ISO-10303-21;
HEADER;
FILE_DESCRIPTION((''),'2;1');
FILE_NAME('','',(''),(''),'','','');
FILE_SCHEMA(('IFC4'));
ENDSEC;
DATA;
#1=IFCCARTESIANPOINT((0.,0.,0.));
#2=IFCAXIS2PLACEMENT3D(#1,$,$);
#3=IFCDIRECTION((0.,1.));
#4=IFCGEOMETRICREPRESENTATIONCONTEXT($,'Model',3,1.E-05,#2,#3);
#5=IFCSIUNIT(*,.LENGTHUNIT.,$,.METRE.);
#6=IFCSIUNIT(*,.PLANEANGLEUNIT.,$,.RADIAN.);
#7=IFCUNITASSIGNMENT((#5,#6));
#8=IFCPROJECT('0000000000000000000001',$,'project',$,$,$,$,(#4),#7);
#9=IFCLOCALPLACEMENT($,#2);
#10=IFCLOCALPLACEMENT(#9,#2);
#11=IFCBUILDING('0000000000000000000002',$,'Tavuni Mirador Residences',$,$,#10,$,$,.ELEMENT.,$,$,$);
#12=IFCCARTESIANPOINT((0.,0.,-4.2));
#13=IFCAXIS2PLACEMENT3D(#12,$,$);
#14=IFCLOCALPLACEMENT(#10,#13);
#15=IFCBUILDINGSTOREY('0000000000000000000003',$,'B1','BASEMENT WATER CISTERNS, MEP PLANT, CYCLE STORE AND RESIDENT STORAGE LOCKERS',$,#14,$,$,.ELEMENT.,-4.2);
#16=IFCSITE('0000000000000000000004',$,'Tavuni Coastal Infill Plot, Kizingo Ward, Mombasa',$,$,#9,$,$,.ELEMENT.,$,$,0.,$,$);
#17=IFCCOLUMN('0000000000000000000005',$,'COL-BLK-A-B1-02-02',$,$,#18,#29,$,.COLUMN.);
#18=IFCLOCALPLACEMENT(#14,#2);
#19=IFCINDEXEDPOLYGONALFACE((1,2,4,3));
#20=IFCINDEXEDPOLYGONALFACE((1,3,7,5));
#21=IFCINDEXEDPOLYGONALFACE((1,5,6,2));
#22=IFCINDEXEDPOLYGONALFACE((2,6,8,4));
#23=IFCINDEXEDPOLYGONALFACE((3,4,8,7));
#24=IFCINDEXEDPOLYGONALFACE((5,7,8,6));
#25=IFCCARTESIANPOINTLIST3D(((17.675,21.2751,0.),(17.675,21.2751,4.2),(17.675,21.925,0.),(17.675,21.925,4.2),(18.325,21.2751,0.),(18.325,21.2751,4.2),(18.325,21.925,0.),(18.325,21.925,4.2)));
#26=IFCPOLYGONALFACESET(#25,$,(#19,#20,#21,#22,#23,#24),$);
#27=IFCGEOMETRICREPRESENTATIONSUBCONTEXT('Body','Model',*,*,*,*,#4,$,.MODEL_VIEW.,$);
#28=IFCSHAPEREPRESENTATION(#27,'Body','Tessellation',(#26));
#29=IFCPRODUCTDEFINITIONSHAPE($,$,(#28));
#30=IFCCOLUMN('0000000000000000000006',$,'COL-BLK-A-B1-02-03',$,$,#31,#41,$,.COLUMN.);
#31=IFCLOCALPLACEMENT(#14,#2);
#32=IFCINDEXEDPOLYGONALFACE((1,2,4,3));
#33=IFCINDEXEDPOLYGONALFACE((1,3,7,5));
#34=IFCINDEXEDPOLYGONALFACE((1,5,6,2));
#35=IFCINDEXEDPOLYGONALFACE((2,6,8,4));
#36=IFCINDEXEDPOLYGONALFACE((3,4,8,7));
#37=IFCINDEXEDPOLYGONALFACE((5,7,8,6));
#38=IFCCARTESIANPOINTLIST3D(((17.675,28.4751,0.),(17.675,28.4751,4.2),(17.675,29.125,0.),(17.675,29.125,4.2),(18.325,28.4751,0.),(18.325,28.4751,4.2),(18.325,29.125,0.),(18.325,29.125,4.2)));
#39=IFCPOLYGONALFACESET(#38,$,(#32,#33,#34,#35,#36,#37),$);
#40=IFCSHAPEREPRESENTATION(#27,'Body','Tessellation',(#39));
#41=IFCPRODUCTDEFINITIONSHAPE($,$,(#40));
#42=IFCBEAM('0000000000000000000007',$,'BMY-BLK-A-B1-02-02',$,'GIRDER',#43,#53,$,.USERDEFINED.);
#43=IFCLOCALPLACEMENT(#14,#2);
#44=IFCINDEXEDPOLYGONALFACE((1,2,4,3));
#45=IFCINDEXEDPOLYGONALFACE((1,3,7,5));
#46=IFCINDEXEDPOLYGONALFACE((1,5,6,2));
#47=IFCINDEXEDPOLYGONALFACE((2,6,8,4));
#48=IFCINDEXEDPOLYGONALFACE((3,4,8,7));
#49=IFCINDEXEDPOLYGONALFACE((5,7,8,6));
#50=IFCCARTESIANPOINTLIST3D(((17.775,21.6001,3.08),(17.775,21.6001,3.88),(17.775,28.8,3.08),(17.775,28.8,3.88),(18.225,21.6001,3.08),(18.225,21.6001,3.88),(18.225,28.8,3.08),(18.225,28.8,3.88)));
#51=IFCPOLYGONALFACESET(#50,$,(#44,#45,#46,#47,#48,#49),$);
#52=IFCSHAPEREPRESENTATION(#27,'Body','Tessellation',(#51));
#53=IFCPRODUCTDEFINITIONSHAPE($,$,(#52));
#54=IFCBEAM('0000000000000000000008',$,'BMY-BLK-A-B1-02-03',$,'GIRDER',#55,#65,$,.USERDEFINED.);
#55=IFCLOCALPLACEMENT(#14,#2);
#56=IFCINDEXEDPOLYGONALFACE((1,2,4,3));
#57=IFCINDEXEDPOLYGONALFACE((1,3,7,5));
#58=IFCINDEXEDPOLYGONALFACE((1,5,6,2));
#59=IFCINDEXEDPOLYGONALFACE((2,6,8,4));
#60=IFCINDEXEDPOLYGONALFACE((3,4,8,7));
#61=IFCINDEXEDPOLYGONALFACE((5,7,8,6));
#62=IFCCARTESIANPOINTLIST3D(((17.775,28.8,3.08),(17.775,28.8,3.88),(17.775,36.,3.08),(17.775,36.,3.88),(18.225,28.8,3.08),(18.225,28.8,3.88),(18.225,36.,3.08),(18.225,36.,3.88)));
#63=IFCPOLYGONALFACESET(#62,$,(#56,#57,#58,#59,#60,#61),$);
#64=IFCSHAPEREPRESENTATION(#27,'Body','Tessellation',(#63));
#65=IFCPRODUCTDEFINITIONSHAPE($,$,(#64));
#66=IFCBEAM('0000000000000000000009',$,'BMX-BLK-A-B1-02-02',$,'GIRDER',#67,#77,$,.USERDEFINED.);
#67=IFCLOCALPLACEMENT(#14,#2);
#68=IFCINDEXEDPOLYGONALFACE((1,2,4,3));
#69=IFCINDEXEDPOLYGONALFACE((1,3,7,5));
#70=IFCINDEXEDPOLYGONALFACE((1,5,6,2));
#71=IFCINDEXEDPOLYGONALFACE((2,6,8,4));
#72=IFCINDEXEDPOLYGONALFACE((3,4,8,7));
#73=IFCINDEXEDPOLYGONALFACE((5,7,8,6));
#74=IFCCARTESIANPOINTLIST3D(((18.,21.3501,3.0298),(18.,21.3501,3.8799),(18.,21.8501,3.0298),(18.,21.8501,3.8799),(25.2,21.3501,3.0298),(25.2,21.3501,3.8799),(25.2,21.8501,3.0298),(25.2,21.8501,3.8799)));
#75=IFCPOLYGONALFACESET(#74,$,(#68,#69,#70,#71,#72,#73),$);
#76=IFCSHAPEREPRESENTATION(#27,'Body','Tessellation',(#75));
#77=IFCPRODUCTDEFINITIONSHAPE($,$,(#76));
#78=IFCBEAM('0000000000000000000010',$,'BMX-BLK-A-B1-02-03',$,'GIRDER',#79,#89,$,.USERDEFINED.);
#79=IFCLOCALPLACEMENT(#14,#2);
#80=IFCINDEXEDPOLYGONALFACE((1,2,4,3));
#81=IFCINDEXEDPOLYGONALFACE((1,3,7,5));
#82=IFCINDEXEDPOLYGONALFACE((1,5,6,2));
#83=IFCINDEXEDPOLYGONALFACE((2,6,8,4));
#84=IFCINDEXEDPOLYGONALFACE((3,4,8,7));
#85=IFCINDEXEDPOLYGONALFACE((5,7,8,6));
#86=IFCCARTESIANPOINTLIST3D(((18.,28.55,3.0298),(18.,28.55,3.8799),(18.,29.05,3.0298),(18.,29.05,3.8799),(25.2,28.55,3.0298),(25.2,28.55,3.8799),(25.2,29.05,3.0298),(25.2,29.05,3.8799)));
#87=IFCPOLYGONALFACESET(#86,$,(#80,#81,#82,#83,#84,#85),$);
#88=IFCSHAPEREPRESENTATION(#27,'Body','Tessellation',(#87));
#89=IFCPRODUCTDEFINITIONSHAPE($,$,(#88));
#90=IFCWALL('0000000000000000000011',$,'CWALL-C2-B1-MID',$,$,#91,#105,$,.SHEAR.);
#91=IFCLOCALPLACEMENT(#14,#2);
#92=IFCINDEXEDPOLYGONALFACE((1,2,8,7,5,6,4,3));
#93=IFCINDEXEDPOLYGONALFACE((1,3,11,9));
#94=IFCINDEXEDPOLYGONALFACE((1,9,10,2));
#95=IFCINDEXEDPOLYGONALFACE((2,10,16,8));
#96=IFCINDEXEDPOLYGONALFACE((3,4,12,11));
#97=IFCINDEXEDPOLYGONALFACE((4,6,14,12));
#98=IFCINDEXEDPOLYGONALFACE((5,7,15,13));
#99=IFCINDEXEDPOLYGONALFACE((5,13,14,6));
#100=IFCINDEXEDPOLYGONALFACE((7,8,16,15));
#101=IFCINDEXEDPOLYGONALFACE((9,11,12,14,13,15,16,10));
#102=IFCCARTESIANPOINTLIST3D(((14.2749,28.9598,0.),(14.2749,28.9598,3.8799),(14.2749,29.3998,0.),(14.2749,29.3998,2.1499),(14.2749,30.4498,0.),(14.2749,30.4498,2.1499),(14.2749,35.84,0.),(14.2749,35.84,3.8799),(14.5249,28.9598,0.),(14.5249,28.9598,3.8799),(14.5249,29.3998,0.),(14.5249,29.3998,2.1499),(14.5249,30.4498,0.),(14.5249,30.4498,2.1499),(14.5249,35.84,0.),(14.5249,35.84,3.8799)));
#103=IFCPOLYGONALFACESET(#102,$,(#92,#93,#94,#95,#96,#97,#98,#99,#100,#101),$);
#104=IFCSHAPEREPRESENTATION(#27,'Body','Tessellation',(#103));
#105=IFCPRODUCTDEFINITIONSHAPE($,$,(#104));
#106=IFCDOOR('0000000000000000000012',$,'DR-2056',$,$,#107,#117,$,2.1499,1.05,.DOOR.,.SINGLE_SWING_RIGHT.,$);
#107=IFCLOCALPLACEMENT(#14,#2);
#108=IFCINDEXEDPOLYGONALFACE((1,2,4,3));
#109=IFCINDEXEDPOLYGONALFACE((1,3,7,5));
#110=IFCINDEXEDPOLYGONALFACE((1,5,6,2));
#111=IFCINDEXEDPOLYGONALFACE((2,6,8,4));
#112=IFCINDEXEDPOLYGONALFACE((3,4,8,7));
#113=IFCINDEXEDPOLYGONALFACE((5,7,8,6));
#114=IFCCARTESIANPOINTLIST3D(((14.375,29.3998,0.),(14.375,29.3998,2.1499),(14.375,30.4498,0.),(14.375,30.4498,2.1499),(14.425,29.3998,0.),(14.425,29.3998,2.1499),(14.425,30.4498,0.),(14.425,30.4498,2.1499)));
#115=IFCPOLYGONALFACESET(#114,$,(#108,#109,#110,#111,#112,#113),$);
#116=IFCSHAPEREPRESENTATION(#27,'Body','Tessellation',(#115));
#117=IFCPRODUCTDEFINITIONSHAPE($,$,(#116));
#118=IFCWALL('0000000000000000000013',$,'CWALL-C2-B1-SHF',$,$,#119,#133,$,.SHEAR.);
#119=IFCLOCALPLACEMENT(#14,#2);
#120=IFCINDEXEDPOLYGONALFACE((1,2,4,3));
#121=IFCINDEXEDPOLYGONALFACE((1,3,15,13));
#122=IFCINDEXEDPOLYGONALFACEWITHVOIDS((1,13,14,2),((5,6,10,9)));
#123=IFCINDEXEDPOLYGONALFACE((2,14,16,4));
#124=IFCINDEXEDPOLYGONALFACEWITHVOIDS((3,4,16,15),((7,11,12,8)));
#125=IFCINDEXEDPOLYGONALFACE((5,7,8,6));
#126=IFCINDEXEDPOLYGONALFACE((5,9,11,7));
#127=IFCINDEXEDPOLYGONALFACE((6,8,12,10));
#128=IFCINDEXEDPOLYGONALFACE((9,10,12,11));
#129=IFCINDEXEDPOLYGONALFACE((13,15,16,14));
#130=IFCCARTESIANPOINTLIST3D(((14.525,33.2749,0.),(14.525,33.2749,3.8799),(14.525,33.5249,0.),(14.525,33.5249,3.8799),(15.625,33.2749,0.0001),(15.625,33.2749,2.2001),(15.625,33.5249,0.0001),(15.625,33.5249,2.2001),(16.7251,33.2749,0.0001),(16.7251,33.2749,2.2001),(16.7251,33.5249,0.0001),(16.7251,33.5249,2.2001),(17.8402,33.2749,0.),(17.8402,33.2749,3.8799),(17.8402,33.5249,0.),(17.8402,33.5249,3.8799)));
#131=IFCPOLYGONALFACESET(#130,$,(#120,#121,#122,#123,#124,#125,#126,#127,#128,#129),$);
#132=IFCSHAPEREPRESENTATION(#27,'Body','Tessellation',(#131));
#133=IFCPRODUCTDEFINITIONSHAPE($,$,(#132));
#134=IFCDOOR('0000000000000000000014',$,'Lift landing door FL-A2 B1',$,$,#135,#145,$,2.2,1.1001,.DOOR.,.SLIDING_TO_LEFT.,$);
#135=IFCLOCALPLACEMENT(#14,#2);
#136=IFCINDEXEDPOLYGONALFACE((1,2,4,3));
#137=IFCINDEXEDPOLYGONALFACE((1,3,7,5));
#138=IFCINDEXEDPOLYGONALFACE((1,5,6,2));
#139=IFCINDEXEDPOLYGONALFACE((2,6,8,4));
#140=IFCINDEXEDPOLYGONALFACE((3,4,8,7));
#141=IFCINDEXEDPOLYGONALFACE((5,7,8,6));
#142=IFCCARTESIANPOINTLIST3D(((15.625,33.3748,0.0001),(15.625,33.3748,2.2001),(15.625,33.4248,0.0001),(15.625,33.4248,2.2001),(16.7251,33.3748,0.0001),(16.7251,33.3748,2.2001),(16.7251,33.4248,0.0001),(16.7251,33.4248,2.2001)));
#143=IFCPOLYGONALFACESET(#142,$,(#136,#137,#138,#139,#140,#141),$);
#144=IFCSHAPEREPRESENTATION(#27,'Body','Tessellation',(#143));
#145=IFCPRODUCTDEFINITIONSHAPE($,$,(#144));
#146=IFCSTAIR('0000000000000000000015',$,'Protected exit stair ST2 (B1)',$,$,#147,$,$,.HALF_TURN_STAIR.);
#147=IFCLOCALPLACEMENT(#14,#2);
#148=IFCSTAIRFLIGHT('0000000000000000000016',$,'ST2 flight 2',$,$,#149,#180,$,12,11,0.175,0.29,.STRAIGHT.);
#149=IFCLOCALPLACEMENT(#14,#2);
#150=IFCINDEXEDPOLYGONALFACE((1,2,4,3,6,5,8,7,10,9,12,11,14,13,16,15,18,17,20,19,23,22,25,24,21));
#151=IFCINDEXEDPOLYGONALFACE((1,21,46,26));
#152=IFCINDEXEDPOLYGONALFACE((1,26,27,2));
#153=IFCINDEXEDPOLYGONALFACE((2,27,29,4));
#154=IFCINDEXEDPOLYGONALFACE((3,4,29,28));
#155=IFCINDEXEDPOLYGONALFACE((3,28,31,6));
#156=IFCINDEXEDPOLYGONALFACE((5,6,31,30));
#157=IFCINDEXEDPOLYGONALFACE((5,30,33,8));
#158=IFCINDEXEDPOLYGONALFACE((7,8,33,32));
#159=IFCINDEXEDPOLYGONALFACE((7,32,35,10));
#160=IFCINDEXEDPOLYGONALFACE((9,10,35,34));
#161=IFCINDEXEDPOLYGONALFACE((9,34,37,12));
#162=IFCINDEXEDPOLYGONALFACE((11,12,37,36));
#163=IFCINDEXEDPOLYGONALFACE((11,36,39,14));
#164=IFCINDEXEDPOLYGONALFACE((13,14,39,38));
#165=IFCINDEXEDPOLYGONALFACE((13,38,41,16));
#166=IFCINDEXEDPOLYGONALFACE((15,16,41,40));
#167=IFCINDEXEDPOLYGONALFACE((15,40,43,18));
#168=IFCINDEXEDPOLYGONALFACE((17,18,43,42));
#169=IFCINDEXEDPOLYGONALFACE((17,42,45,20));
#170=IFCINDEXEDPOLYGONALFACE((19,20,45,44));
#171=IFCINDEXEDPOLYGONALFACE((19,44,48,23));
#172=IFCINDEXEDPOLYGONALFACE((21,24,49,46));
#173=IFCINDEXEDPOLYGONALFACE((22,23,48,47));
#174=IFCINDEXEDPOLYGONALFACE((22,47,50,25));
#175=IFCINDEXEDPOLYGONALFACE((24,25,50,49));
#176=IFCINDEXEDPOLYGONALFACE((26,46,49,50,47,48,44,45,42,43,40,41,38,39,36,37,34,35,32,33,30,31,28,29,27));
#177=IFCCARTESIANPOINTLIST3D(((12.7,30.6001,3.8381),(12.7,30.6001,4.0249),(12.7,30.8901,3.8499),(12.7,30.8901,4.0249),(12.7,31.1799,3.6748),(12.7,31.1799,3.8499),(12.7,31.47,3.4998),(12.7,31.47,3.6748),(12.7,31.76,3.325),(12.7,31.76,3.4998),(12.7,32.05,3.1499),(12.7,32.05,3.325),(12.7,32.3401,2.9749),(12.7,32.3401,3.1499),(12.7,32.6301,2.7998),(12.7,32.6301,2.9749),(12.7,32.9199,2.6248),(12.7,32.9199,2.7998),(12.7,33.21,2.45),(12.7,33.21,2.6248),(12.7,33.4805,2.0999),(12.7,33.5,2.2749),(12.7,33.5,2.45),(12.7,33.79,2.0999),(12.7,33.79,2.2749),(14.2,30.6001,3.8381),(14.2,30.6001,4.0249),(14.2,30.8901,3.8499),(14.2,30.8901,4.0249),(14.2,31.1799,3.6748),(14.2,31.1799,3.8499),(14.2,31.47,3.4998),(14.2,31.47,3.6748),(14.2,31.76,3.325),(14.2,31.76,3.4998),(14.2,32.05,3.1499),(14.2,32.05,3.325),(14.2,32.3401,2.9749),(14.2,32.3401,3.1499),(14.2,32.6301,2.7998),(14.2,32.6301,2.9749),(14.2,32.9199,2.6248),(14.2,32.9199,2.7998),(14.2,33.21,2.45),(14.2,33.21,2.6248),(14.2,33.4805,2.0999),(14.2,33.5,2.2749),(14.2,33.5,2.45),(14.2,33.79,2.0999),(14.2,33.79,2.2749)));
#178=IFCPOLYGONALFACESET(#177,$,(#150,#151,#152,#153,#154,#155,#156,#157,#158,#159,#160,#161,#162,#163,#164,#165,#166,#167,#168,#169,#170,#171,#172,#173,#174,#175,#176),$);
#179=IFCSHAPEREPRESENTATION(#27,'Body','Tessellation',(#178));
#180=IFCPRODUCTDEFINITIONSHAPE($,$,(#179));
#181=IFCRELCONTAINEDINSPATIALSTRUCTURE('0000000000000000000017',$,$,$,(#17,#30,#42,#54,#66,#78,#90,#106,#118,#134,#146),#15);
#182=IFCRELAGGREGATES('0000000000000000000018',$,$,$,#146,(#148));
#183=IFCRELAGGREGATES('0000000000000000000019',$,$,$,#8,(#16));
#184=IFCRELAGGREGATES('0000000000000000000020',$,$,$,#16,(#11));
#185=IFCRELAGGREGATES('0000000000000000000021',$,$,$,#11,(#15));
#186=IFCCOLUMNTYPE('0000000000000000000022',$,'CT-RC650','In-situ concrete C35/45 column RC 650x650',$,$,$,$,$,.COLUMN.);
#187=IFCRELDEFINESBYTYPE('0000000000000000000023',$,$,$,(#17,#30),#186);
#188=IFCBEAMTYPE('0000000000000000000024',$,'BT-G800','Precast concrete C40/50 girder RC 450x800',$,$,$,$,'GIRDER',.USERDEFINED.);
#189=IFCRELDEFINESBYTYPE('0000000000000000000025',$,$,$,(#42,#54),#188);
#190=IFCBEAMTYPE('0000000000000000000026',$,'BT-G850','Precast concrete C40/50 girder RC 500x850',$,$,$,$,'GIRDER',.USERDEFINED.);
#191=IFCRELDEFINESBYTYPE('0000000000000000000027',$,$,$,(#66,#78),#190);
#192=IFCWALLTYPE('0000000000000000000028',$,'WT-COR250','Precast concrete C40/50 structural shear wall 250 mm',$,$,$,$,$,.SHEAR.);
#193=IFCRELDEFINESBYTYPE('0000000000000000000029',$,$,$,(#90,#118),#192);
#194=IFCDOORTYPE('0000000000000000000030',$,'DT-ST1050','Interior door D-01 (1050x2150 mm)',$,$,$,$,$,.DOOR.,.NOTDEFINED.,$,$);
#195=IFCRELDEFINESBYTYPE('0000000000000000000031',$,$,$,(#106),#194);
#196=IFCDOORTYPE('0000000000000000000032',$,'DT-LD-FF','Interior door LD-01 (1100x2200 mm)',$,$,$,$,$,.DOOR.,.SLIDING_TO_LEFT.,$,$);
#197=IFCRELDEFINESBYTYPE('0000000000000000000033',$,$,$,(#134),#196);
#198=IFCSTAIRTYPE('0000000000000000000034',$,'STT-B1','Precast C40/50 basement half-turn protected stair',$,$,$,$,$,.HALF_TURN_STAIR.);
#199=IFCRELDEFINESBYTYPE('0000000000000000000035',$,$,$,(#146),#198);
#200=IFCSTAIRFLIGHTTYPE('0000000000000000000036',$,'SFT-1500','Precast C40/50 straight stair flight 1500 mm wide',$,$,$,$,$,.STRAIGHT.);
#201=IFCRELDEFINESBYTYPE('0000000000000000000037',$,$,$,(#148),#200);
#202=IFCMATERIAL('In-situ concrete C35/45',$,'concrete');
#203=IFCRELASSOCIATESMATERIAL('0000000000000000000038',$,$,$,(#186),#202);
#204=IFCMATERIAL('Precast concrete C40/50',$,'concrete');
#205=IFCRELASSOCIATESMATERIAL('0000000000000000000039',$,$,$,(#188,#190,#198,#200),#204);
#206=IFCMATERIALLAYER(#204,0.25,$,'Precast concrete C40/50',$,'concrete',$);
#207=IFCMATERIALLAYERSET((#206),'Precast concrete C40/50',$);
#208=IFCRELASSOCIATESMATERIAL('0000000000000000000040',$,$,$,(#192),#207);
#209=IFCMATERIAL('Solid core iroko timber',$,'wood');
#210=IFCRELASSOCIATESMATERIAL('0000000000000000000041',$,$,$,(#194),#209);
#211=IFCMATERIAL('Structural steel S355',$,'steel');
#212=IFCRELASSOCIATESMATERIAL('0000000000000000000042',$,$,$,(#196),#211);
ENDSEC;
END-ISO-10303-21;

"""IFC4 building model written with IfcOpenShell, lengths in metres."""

from ifc_helpers import new_model, si_unit, direction, frame, frame_2d, origin, origin_2d, place, context, subcontext, project, spatial, polyline, rectangle, outline, extrude, material, layer, layer_set, material_profile, profile_set, type_object, element, fill, aggregate, save


model = new_model("IFC4")

# Units and contexts
model_context = context("Model", 3, precision=1e-05, world=origin(), true_north=direction((0.0, 1.0)))
body_context = subcontext(model_context, "Body", "Model", "MODEL_VIEW")
ifc_project = project(units=[si_unit("LENGTHUNIT", "METRE"), si_unit("PLANEANGLEUNIT", "RADIAN")], contexts=[model_context])

# Site, building, storey
site_placement = place(None, origin())
site = spatial("IfcSite", under=ifc_project, at=site_placement, Name="Tavuni Coastal Infill Plot, Kizingo Ward, Mombasa", CompositionType="ELEMENT", RefElevation=0.0)
building_placement = place(site_placement, origin())
building = spatial("IfcBuilding", under=site, at=building_placement, Name="Tavuni Mirador Residences", CompositionType="ELEMENT")
storey_placement = place(building_placement, frame((0.0, 0.0, -4.2)))
storey = spatial("IfcBuildingStorey", under=building, at=storey_placement, Name="B1", Description="BASEMENT WATER CISTERNS, MEP PLANT, CYCLE STORE AND RESIDENT STORAGE LOCKERS", CompositionType="ELEMENT", Elevation=-4.2)

# Shared definitions
ifc_material_1 = material(Name="In-situ concrete C35/45", Category="concrete")

# Columns
ifc_material_profile_1 = material_profile(ifc_material_1, rectangle(XDim=0.6499, YDim=0.6499, at=origin_2d()), Name="RC 650x650", Category="concrete")
ifc_profile_set_1 = profile_set([ifc_material_profile_1], Name="In-situ concrete C35/45")
column_type = type_object("IfcColumnType", Name="CT-RC650", Description="In-situ concrete C35/45 column RC 650x650", PredefinedType="COLUMN", material=ifc_profile_set_1)
for number, where, z_axis, x_axis, name in (
    (1, (18.0, 21.6001, 0.0), (0.0, 0.0, 1.0), (1.0, 0.0, 0.0), "COL-BLK-A-B1-02-02"),
    (2, (18.0, 28.8, 0.0), (0.0, 0.0, 1.0), (1.0, 0.0, 0.0), "COL-BLK-A-B1-02-03"),
):
    element("IfcColumn", number, at=place(storey_placement, frame(where, z_axis=z_axis, x_axis=x_axis)), inside=storey, type_object=column_type, Name=name, PredefinedType="COLUMN", context=body_context, shape_type="SweptSolid", body=[
        extrude(rectangle(XDim=0.6499, YDim=0.6499, at=origin_2d()), origin(), (0.0, 0.0, 1.0), 4.2),
    ])

# Beams
ifc_material_2 = material(Name="Precast concrete C40/50", Category="concrete")
ifc_material_profile_2 = material_profile(ifc_material_2, rectangle(XDim=0.45, YDim=0.8, at=origin_2d()), Name="RC 450x800", Category="concrete")
ifc_profile_set_2 = profile_set([ifc_material_profile_2], Name="Precast concrete C40/50")
beam_type_1 = type_object("IfcBeamType", Name="BT-G800", Description="Precast concrete C40/50 girder RC 450x800", ElementType="GIRDER", PredefinedType="USERDEFINED", material=ifc_profile_set_2)
for number, where, z_axis, x_axis, name in (
    (3, (18.0, 21.6001, 3.48), (0.0, 1.0, 0.0), (-1.0, 0.0, 0.0), "BMY-BLK-A-B1-02-02"),
    (4, (18.0, 28.8, 3.48), (0.0, 1.0, 0.0), (-1.0, 0.0, 0.0), "BMY-BLK-A-B1-02-03"),
):
    element("IfcBeam", number, at=place(storey_placement, frame(where, z_axis=z_axis, x_axis=x_axis)), inside=storey, type_object=beam_type_1, Name=name, ObjectType="GIRDER", PredefinedType="USERDEFINED", context=body_context, shape_type="SweptSolid", body=[
        extrude(rectangle(XDim=0.45, YDim=0.8, at=origin_2d()), origin(), (0.0, 0.0, 1.0), 7.2),
    ])
ifc_material_profile_3 = material_profile(ifc_material_2, rectangle(XDim=0.5, YDim=0.8501, at=origin_2d()), Name="RC 500x850", Category="concrete")
ifc_profile_set_3 = profile_set([ifc_material_profile_3], Name="Precast concrete C40/50")
beam_type_2 = type_object("IfcBeamType", Name="BT-G850", Description="Precast concrete C40/50 girder RC 500x850", ElementType="GIRDER", PredefinedType="USERDEFINED", material=ifc_profile_set_3)
for number, where, z_axis, x_axis, name in (
    (5, (18.0, 21.6001, 3.4548), (1.0, 0.0, 0.0), (0.0, 1.0, 0.0), "BMX-BLK-A-B1-02-02"),
    (6, (18.0, 28.8, 3.4548), (1.0, 0.0, 0.0), (0.0, 1.0, 0.0), "BMX-BLK-A-B1-02-03"),
):
    element("IfcBeam", number, at=place(storey_placement, frame(where, z_axis=z_axis, x_axis=x_axis)), inside=storey, type_object=beam_type_2, Name=name, ObjectType="GIRDER", PredefinedType="USERDEFINED", context=body_context, shape_type="SweptSolid", body=[
        extrude(rectangle(XDim=0.5, YDim=0.8501, at=origin_2d()), origin(), (0.0, 0.0, 1.0), 7.2),
    ])

# Walls, openings, doors
ifc_layer_1 = layer(ifc_material_2, 0.25, Name="Precast concrete C40/50", Category="concrete")
ifc_layer_set_1 = layer_set([ifc_layer_1], Name="Precast concrete C40/50")
wall_type_1 = type_object("IfcWallType", Name="WT-COR250", Description="Precast concrete C40/50 structural shear wall 250 mm", PredefinedType="SHEAR", material=ifc_layer_set_1)
wall_1_placement = place(storey_placement, frame((14.3999, 28.96, 0.0), z_axis=(0.0, 0.0, 1.0), x_axis=(0.0, 1.0, 0.0)))
wall_1 = element("IfcWall", 7, at=wall_1_placement, inside=storey, type_object=wall_type_1, Name="CWALL-C2-B1-MID", PredefinedType="SHEAR", context=body_context, shape_type="SweptSolid", body=[
    extrude(rectangle(XDim=6.8801, YDim=0.25, at=frame_2d((3.4399, 0.0))), origin(), (0.0, 0.0, 1.0), 3.8799),
])
opening_1_placement = place(wall_1_placement, frame((0.4399, 0.0, 0.0)))
opening_1 = element("IfcOpeningElement", 8, at=opening_1_placement, cuts=wall_1, PredefinedType="OPENING", context=body_context, shape_type="SweptSolid", body=[
    extrude(rectangle(XDim=1.05, YDim=2.1499, at=frame_2d((0.5249, 1.075))), frame((0.0, 0.135, 0.0), z_axis=(0.0, -1.0, 0.0), x_axis=(1.0, 0.0, 0.0)), (0.0, 0.0, 1.0), 0.27),
])
ifc_material_3 = material(Name="Solid core iroko timber", Category="wood")
door_type_1 = type_object("IfcDoorType", Name="DT-ST1050", Description="Interior door D-01 (1050x2150 mm)", OperationType="NOTDEFINED", PredefinedType="DOOR", material=ifc_material_3)
door_1_placement = place(opening_1_placement, origin())
door_1 = element("IfcDoor", 9, at=door_1_placement, inside=storey, type_object=door_type_1, Name="DR-2056", OperationType="SINGLE_SWING_RIGHT", OverallHeight=2.1499, OverallWidth=1.05, PredefinedType="DOOR", context=body_context, shape_type="SweptSolid", body=[
    extrude(rectangle(XDim=1.05, YDim=2.1499, at=frame_2d((0.5249, 1.075))), frame((0.0, 0.0249, 0.0), z_axis=(0.0, -1.0, 0.0), x_axis=(1.0, 0.0, 0.0)), (0.0, 0.0, 1.0), 0.05),
])
fill(opening_1, door_1)
wall_2_placement = place(storey_placement, frame((14.5249, 33.3999, 0.0), z_axis=(0.0, 0.0, 1.0), x_axis=(1.0, 0.0, 0.0)))
wall_2 = element("IfcWall", 10, at=wall_2_placement, inside=storey, type_object=wall_type_1, Name="CWALL-C2-B1-SHF", PredefinedType="SHEAR", context=body_context, shape_type="SweptSolid", body=[
    extrude(rectangle(XDim=3.3152, YDim=0.25, at=frame_2d((1.6577, 0.0))), origin(), (0.0, 0.0, 1.0), 3.8799),
])
opening_2_placement = place(wall_2_placement, frame((1.1001, 0.0, 0.0)))
opening_2 = element("IfcOpeningElement", 11, at=opening_2_placement, cuts=wall_2, PredefinedType="OPENING", context=body_context, shape_type="SweptSolid", body=[
    extrude(rectangle(XDim=1.1001, YDim=2.2, at=frame_2d((0.55, 1.1001))), frame((0.0, 0.135, 0.0), z_axis=(0.0, -1.0, 0.0), x_axis=(1.0, 0.0, 0.0)), (0.0, 0.0, 1.0), 0.27),
])
ifc_material_4 = material(Name="Structural steel S355", Category="steel")
door_type_2 = type_object("IfcDoorType", Name="DT-LD-FF", Description="Interior door LD-01 (1100x2200 mm)", OperationType="SLIDING_TO_LEFT", PredefinedType="DOOR", material=ifc_material_4)
door_2_placement = place(opening_2_placement, origin())
door_2 = element("IfcDoor", 12, at=door_2_placement, inside=storey, type_object=door_type_2, Name="Lift landing door FL-A2 B1", OperationType="SLIDING_TO_LEFT", OverallHeight=2.2, OverallWidth=1.1001, PredefinedType="DOOR", context=body_context, shape_type="SweptSolid", body=[
    extrude(rectangle(XDim=1.1001, YDim=2.2, at=frame_2d((0.55, 1.1001))), frame((0.0, 0.0249, 0.0), z_axis=(0.0, -1.0, 0.0), x_axis=(1.0, 0.0, 0.0)), (0.0, 0.0, 1.0), 0.05),
])
fill(opening_2, door_2)

# Stair, stair flight
stair_type = type_object("IfcStairType", Name="STT-B1", Description="Precast C40/50 basement half-turn protected stair", PredefinedType="HALF_TURN_STAIR", material=ifc_material_2)
stair_placement = place(storey_placement, origin())
stair = element("IfcStair", 13, at=stair_placement, inside=storey, type_object=stair_type, Name="Protected exit stair ST2 (B1)", PredefinedType="HALF_TURN_STAIR")
stair_flight_type = type_object("IfcStairFlightType", Name="SFT-1500", Description="Precast C40/50 straight stair flight 1500 mm wide", PredefinedType="STRAIGHT", material=ifc_material_2)
stair_flight_placement = place(storey_placement, frame((13.45, 33.79, 2.0999), z_axis=(0.0, 0.0, 1.0), x_axis=(0.0, -1.0, 0.0)))
stair_flight = element("IfcStairFlight", 14, at=stair_flight_placement, type_object=stair_flight_type, Name="ST2 flight 2", NumberOfRisers=12, NumberOfTreads=11, PredefinedType="STRAIGHT", RiserHeight=0.175, TreadLength=0.29, context=body_context, shape_type="SweptSolid", body=[
    extrude(outline(polyline([(0.0, 0.0), (0.0, 0.175), (0.29, 0.175), (0.29, 0.3501), (0.5801, 0.3501), (0.5801, 0.5249), (0.8701, 0.5249), (0.8701, 0.7), (1.1599, 0.7), (1.1599, 0.875), (1.45, 0.875), (1.45, 1.05), (1.74, 1.05), (1.74, 1.2251), (2.03, 1.2251), (2.03, 1.3999), (2.3201, 1.3999), (2.3201, 1.575), (2.6101, 1.575), (2.6101, 1.75), (2.8999, 1.75), (2.8999, 1.925), (3.1899, 1.925), (3.1899, 2.1001), (3.1899, 1.7383), (0.3096, 0.0), (0.0, 0.0)])), frame((0.0, 0.75, 0.0), z_axis=(0.0, -1.0, 0.0), x_axis=(1.0, 0.0, 0.0)), (0.0, 0.0, 1.0), 1.5),
])
aggregate(stair, [stair_flight])

save(model, "model.ifc")
